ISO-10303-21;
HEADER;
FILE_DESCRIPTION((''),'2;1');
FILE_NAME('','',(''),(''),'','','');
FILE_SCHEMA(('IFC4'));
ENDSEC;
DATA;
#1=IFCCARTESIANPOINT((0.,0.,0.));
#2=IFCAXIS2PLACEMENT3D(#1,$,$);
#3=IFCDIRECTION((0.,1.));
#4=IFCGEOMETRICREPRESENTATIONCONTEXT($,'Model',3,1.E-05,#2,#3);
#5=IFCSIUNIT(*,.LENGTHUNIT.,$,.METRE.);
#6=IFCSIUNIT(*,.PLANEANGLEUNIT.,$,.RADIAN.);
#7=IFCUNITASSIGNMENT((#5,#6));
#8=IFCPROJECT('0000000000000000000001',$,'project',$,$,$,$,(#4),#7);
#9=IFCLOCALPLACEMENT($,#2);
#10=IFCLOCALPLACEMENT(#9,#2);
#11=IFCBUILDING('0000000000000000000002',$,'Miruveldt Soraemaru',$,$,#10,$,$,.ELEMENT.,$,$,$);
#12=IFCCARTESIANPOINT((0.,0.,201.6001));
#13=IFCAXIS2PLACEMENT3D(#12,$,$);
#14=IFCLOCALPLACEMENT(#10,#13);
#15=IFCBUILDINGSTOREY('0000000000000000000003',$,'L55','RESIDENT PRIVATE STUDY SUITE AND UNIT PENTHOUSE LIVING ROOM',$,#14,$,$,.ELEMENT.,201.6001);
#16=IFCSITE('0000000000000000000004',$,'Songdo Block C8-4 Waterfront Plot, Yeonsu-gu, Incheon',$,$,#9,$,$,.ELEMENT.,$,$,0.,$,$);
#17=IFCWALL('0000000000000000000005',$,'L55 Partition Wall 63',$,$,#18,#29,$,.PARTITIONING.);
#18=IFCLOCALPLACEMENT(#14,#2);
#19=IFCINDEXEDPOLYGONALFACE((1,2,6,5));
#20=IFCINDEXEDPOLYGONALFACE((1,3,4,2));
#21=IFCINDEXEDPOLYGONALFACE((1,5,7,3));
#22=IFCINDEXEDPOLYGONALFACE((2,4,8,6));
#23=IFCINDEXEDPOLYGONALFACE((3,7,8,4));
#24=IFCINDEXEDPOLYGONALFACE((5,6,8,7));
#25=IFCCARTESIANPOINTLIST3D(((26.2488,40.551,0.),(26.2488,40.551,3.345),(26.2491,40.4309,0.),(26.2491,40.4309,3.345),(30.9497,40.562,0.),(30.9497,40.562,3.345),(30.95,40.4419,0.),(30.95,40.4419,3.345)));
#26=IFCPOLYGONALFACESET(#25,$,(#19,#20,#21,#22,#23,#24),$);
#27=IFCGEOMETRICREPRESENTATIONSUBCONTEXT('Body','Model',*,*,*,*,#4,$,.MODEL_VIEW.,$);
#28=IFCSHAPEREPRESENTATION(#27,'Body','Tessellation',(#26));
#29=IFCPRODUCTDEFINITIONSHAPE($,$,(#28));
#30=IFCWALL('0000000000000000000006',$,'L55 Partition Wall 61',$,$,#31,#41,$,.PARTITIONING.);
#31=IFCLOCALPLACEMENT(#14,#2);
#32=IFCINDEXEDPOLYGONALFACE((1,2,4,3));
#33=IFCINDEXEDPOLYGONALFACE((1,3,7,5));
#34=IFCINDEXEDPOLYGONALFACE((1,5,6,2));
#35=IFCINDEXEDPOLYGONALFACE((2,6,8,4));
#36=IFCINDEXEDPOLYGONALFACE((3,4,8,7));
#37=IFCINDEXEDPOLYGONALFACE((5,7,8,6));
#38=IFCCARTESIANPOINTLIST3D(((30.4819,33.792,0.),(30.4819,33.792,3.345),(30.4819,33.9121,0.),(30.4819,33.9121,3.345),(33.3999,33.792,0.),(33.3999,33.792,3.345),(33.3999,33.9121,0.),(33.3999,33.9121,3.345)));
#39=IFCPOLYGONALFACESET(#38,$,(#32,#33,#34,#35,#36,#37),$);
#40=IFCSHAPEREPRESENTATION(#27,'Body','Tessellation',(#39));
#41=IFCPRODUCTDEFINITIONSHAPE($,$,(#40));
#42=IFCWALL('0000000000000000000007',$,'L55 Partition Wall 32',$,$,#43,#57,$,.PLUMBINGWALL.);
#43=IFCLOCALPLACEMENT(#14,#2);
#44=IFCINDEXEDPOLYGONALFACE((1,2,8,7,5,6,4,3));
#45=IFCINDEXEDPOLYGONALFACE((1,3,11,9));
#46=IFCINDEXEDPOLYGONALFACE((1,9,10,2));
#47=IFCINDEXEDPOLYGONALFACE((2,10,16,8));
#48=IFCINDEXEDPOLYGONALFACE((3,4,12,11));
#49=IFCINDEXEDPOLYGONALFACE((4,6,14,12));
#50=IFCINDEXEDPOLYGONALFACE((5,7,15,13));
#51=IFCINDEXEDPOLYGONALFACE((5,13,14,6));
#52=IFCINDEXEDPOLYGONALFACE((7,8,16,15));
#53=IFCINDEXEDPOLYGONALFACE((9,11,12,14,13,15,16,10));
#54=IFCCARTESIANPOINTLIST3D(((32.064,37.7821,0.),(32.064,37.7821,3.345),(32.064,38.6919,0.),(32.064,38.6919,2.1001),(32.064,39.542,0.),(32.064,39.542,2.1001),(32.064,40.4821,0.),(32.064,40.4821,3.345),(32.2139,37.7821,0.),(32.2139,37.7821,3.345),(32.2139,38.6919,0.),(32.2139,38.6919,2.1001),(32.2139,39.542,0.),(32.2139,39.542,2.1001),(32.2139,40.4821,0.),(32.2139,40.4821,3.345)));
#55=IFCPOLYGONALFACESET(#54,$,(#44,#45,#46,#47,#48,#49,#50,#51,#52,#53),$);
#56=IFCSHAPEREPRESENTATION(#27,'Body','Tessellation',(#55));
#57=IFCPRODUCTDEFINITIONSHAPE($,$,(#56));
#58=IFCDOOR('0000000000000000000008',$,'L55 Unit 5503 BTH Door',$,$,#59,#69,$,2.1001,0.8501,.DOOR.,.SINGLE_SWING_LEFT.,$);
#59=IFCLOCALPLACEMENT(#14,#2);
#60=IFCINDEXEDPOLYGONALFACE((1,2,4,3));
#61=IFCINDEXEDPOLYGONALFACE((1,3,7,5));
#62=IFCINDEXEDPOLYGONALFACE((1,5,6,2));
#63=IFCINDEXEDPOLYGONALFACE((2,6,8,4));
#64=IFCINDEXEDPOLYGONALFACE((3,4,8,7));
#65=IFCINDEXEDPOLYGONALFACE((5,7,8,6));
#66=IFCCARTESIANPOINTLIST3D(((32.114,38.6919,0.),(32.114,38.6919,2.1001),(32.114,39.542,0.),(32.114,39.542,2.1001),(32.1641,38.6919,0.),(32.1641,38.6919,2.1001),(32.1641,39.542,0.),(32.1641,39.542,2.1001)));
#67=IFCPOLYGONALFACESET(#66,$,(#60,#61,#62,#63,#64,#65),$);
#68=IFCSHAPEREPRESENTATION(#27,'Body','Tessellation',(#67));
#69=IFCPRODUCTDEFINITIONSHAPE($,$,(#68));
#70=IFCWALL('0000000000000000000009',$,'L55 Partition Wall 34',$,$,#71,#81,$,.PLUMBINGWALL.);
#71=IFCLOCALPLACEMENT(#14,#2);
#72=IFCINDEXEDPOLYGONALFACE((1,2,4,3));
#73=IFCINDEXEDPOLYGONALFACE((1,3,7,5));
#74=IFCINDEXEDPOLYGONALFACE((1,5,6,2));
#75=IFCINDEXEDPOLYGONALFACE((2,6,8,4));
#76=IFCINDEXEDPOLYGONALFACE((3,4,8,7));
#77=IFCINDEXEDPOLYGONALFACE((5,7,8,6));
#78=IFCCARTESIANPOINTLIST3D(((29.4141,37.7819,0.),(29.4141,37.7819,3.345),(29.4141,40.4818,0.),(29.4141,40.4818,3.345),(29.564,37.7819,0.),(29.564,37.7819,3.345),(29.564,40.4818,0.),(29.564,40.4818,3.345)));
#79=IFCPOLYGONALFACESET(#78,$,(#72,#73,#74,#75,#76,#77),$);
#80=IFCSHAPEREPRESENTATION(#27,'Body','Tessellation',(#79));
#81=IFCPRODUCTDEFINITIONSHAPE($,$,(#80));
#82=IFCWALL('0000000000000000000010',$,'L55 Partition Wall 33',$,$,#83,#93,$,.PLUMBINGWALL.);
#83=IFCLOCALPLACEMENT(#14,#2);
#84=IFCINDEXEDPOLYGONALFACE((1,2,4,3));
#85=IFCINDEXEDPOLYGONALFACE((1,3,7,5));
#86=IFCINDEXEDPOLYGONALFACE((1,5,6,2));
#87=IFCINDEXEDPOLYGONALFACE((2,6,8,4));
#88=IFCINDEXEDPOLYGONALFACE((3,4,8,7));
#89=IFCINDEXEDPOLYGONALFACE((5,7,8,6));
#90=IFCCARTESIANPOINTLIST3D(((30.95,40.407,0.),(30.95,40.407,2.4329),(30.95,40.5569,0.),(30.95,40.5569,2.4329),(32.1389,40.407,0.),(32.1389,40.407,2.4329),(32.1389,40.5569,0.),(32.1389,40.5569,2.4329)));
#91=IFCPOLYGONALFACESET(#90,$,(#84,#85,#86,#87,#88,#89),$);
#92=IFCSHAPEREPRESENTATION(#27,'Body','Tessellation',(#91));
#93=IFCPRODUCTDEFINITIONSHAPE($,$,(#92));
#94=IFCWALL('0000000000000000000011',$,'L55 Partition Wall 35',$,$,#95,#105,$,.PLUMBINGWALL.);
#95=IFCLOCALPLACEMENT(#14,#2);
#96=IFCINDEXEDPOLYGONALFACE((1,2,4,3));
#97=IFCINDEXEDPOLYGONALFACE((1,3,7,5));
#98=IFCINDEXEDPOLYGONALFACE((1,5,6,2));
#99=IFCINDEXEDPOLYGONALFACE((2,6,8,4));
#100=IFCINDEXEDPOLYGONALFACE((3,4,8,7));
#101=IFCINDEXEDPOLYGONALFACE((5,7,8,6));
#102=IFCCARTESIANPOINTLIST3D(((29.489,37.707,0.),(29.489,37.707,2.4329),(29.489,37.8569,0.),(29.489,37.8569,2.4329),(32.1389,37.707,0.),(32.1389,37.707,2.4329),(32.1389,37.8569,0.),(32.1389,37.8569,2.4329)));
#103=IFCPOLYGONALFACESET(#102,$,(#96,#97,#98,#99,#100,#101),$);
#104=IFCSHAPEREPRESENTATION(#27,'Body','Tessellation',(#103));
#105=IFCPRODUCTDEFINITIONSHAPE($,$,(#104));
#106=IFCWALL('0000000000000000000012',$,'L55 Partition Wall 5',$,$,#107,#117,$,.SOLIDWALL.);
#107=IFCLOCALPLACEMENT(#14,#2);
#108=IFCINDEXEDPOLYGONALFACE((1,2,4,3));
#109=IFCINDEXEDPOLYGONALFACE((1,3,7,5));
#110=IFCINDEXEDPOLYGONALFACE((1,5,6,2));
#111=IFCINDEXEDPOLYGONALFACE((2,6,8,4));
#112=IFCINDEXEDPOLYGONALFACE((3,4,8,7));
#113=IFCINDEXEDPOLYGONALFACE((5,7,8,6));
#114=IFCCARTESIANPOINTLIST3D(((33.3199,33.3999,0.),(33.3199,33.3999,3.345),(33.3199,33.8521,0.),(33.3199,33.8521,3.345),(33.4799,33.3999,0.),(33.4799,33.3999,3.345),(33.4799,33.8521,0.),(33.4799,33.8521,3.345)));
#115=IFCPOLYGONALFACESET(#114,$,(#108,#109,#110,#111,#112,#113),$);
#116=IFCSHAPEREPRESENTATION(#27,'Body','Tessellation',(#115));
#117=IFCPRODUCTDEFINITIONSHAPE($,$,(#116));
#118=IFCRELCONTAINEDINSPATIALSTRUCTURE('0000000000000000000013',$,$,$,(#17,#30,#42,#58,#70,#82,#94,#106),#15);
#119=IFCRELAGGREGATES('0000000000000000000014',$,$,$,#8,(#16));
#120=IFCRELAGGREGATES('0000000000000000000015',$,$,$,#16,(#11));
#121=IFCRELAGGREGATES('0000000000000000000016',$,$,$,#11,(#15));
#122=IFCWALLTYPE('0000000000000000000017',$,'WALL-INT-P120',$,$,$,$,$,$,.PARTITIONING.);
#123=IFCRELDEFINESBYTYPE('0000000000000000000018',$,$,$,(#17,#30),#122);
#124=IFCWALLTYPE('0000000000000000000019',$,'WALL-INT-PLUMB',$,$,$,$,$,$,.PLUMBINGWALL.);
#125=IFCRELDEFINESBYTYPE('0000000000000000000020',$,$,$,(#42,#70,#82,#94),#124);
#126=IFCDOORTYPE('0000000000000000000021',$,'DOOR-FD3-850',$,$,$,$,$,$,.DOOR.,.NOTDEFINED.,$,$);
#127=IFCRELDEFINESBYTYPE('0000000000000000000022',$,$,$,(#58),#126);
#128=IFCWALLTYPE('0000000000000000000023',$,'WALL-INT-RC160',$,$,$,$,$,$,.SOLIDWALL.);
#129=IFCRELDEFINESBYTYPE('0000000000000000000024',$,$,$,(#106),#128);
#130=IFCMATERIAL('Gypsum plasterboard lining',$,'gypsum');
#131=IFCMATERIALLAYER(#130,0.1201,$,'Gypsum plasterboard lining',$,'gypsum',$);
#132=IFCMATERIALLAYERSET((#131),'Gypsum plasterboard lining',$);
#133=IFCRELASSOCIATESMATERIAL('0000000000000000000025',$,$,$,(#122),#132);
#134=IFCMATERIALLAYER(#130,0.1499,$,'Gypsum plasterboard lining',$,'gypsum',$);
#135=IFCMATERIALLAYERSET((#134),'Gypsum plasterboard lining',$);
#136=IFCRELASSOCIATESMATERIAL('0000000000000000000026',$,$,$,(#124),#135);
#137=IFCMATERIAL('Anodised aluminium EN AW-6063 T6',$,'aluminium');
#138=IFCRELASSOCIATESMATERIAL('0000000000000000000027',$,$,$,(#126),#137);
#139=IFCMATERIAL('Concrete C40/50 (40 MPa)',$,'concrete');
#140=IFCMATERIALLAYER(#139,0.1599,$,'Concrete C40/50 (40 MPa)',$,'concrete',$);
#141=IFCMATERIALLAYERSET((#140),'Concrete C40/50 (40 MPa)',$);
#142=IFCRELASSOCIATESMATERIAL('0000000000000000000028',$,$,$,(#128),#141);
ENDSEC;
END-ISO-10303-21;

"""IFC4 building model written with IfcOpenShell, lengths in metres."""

from ifc_helpers import new_model, si_unit, direction, frame, frame_2d, origin, place, context, subcontext, project, spatial, rectangle, extrude, material, layer, layer_set, type_object, element, fill, save


model = new_model("IFC4")

# Units and contexts
model_context = context("Model", 3, precision=1e-05, world=origin(), true_north=direction((0.0, 1.0)))
body_context = subcontext(model_context, "Body", "Model", "MODEL_VIEW")
ifc_project = project(units=[si_unit("LENGTHUNIT", "METRE"), si_unit("PLANEANGLEUNIT", "RADIAN")], contexts=[model_context])

# Site, building, storey
site_placement = place(None, origin())
site = spatial("IfcSite", under=ifc_project, at=site_placement, Name="Songdo Block C8-4 Waterfront Plot, Yeonsu-gu, Incheon", CompositionType="ELEMENT", RefElevation=0.0)
building_placement = place(site_placement, origin())
building = spatial("IfcBuilding", under=site, at=building_placement, Name="Miruveldt Soraemaru", CompositionType="ELEMENT")
storey_placement = place(building_placement, frame((0.0, 0.0, 201.6001)))
storey = spatial("IfcBuildingStorey", under=building, at=storey_placement, Name="L55", Description="RESIDENT PRIVATE STUDY SUITE AND UNIT PENTHOUSE LIVING ROOM", CompositionType="ELEMENT", Elevation=201.6001)

# Shared definitions
ifc_material_1 = material(Name="Anodised aluminium EN AW-6063 T6", Category="aluminium")

# Walls
ifc_material_2 = material(Name="Gypsum plasterboard lining", Category="gypsum")
ifc_layer_1 = layer(ifc_material_2, 0.1201, Name="Gypsum plasterboard lining", Category="gypsum")
ifc_layer_set_1 = layer_set([ifc_layer_1], Name="Gypsum plasterboard lining")
wall_type_1 = type_object("IfcWallType", Name="WALL-INT-P120", PredefinedType="PARTITIONING", material=ifc_layer_set_1)
wall_1_placement = place(storey_placement, frame((30.95, 40.502, 0.0), z_axis=(0.0, 0.0, 1.0), x_axis=(-0.999997, -0.002337, 0.0)))
element("IfcWall", 1, at=wall_1_placement, inside=storey, type_object=wall_type_1, Name="L55 Partition Wall 63", PredefinedType="PARTITIONING", context=body_context, shape_type="SweptSolid", body=[
    extrude(rectangle(XDim=4.7009, YDim=0.1201, at=frame_2d((2.3506, 0.0))), origin(), (0.0, 0.0, 1.0), 3.345),
])
wall_2_placement = place(storey_placement, frame((30.4819, 33.8521, 0.0), z_axis=(0.0, 0.0, 1.0), x_axis=(1.0, 0.0, 0.0)))
element("IfcWall", 2, at=wall_2_placement, inside=storey, type_object=wall_type_1, Name="L55 Partition Wall 61", PredefinedType="PARTITIONING", context=body_context, shape_type="SweptSolid", body=[
    extrude(rectangle(XDim=2.918, YDim=0.1201, at=frame_2d((1.459, 0.0))), origin(), (0.0, 0.0, 1.0), 3.345),
])

# Wall, opening, door
ifc_layer_2 = layer(ifc_material_2, 0.1499, Name="Gypsum plasterboard lining", Category="gypsum")
ifc_layer_set_2 = layer_set([ifc_layer_2], Name="Gypsum plasterboard lining")
wall_type_2 = type_object("IfcWallType", Name="WALL-INT-PLUMB", PredefinedType="PLUMBINGWALL", material=ifc_layer_set_2)
wall_3_placement = place(storey_placement, frame((32.1389, 37.782, 0.0), z_axis=(0.0, 0.0, 1.0), x_axis=(0.0, 1.0, 0.0)))
wall_3 = element("IfcWall", 3, at=wall_3_placement, inside=storey, type_object=wall_type_2, Name="L55 Partition Wall 32", PredefinedType="PLUMBINGWALL", context=body_context, shape_type="SweptSolid", body=[
    extrude(rectangle(XDim=2.7, YDim=0.1499, at=frame_2d((1.3501, 0.0))), origin(), (0.0, 0.0, 1.0), 3.345),
])
opening_1_placement = place(wall_3_placement, frame((0.9099, 0.0, 0.0)))
opening_1 = element("IfcOpeningElement", 4, at=opening_1_placement, cuts=wall_3, PredefinedType="OPENING", context=body_context, shape_type="SweptSolid", body=[
    extrude(rectangle(XDim=0.8501, YDim=2.1001, at=frame_2d((0.425, 1.05))), frame((0.0, 0.085, 0.0), z_axis=(0.0, -1.0, 0.0), x_axis=(1.0, 0.0, 0.0)), (0.0, 0.0, 1.0), 0.1699),
])
door_type = type_object("IfcDoorType", Name="DOOR-FD3-850", OperationType="NOTDEFINED", PredefinedType="DOOR", material=ifc_material_1)
door_placement = place(opening_1_placement, origin())
door = element("IfcDoor", 5, at=door_placement, inside=storey, type_object=door_type, Name="L55 Unit 5503 BTH Door", OperationType="SINGLE_SWING_LEFT", OverallHeight=2.1001, OverallWidth=0.8501, PredefinedType="DOOR", context=body_context, shape_type="SweptSolid", body=[
    extrude(rectangle(XDim=0.8501, YDim=2.1001, at=frame_2d((0.425, 1.05))), frame((0.0, 0.0249, 0.0), z_axis=(0.0, -1.0, 0.0), x_axis=(1.0, 0.0, 0.0)), (0.0, 0.0, 1.0), 0.05),
])
fill(opening_1, door)

# Walls
wall_4_placement = place(storey_placement, frame((29.489, 40.4819, 0.0), z_axis=(0.0, 0.0, 1.0), x_axis=(0.0, -1.0, 0.0)))
element("IfcWall", 6, at=wall_4_placement, inside=storey, type_object=wall_type_2, Name="L55 Partition Wall 34", PredefinedType="PLUMBINGWALL", context=body_context, shape_type="SweptSolid", body=[
    extrude(rectangle(XDim=2.7, YDim=0.1499, at=frame_2d((1.3501, 0.0))), origin(), (0.0, 0.0, 1.0), 3.345),
])
wall_5_placement = place(storey_placement, frame((32.1389, 40.4819, 0.0), z_axis=(0.0, 0.0, 1.0), x_axis=(-1.0, 0.0, 0.0)))
element("IfcWall", 7, at=wall_5_placement, inside=storey, type_object=wall_type_2, Name="L55 Partition Wall 33", PredefinedType="PLUMBINGWALL", context=body_context, shape_type="SweptSolid", body=[
    extrude(rectangle(XDim=1.189, YDim=0.1499, at=frame_2d((0.5945, 0.0))), origin(), (0.0, 0.0, 1.0), 2.4329),
])
wall_6_placement = place(storey_placement, frame((29.489, 37.782, 0.0), z_axis=(0.0, 0.0, 1.0), x_axis=(1.0, 0.0, 0.0)))
element("IfcWall", 8, at=wall_6_placement, inside=storey, type_object=wall_type_2, Name="L55 Partition Wall 35", PredefinedType="PLUMBINGWALL", context=body_context, shape_type="SweptSolid", body=[
    extrude(rectangle(XDim=2.6499, YDim=0.1499, at=frame_2d((1.325, 0.0))), origin(), (0.0, 0.0, 1.0), 2.4329),
])
ifc_material_3 = material(Name="Concrete C40/50 (40 MPa)", Category="concrete")
ifc_layer_3 = layer(ifc_material_3, 0.1599, Name="Concrete C40/50 (40 MPa)", Category="concrete")
ifc_layer_set_3 = layer_set([ifc_layer_3], Name="Concrete C40/50 (40 MPa)")
wall_type_3 = type_object("IfcWallType", Name="WALL-INT-RC160", PredefinedType="SOLIDWALL", material=ifc_layer_set_3)
wall_7_placement = place(storey_placement, frame((33.3999, 33.8521, 0.0), z_axis=(0.0, 0.0, 1.0), x_axis=(0.0, -1.0, 0.0)))
element("IfcWall", 9, at=wall_7_placement, inside=storey, type_object=wall_type_3, Name="L55 Partition Wall 5", PredefinedType="SOLIDWALL", context=body_context, shape_type="SweptSolid", body=[
    extrude(rectangle(XDim=0.4521, YDim=0.1599, at=frame_2d((0.2261, 0.0))), origin(), (0.0, 0.0, 1.0), 3.345),
])

save(model, "model.ifc")
